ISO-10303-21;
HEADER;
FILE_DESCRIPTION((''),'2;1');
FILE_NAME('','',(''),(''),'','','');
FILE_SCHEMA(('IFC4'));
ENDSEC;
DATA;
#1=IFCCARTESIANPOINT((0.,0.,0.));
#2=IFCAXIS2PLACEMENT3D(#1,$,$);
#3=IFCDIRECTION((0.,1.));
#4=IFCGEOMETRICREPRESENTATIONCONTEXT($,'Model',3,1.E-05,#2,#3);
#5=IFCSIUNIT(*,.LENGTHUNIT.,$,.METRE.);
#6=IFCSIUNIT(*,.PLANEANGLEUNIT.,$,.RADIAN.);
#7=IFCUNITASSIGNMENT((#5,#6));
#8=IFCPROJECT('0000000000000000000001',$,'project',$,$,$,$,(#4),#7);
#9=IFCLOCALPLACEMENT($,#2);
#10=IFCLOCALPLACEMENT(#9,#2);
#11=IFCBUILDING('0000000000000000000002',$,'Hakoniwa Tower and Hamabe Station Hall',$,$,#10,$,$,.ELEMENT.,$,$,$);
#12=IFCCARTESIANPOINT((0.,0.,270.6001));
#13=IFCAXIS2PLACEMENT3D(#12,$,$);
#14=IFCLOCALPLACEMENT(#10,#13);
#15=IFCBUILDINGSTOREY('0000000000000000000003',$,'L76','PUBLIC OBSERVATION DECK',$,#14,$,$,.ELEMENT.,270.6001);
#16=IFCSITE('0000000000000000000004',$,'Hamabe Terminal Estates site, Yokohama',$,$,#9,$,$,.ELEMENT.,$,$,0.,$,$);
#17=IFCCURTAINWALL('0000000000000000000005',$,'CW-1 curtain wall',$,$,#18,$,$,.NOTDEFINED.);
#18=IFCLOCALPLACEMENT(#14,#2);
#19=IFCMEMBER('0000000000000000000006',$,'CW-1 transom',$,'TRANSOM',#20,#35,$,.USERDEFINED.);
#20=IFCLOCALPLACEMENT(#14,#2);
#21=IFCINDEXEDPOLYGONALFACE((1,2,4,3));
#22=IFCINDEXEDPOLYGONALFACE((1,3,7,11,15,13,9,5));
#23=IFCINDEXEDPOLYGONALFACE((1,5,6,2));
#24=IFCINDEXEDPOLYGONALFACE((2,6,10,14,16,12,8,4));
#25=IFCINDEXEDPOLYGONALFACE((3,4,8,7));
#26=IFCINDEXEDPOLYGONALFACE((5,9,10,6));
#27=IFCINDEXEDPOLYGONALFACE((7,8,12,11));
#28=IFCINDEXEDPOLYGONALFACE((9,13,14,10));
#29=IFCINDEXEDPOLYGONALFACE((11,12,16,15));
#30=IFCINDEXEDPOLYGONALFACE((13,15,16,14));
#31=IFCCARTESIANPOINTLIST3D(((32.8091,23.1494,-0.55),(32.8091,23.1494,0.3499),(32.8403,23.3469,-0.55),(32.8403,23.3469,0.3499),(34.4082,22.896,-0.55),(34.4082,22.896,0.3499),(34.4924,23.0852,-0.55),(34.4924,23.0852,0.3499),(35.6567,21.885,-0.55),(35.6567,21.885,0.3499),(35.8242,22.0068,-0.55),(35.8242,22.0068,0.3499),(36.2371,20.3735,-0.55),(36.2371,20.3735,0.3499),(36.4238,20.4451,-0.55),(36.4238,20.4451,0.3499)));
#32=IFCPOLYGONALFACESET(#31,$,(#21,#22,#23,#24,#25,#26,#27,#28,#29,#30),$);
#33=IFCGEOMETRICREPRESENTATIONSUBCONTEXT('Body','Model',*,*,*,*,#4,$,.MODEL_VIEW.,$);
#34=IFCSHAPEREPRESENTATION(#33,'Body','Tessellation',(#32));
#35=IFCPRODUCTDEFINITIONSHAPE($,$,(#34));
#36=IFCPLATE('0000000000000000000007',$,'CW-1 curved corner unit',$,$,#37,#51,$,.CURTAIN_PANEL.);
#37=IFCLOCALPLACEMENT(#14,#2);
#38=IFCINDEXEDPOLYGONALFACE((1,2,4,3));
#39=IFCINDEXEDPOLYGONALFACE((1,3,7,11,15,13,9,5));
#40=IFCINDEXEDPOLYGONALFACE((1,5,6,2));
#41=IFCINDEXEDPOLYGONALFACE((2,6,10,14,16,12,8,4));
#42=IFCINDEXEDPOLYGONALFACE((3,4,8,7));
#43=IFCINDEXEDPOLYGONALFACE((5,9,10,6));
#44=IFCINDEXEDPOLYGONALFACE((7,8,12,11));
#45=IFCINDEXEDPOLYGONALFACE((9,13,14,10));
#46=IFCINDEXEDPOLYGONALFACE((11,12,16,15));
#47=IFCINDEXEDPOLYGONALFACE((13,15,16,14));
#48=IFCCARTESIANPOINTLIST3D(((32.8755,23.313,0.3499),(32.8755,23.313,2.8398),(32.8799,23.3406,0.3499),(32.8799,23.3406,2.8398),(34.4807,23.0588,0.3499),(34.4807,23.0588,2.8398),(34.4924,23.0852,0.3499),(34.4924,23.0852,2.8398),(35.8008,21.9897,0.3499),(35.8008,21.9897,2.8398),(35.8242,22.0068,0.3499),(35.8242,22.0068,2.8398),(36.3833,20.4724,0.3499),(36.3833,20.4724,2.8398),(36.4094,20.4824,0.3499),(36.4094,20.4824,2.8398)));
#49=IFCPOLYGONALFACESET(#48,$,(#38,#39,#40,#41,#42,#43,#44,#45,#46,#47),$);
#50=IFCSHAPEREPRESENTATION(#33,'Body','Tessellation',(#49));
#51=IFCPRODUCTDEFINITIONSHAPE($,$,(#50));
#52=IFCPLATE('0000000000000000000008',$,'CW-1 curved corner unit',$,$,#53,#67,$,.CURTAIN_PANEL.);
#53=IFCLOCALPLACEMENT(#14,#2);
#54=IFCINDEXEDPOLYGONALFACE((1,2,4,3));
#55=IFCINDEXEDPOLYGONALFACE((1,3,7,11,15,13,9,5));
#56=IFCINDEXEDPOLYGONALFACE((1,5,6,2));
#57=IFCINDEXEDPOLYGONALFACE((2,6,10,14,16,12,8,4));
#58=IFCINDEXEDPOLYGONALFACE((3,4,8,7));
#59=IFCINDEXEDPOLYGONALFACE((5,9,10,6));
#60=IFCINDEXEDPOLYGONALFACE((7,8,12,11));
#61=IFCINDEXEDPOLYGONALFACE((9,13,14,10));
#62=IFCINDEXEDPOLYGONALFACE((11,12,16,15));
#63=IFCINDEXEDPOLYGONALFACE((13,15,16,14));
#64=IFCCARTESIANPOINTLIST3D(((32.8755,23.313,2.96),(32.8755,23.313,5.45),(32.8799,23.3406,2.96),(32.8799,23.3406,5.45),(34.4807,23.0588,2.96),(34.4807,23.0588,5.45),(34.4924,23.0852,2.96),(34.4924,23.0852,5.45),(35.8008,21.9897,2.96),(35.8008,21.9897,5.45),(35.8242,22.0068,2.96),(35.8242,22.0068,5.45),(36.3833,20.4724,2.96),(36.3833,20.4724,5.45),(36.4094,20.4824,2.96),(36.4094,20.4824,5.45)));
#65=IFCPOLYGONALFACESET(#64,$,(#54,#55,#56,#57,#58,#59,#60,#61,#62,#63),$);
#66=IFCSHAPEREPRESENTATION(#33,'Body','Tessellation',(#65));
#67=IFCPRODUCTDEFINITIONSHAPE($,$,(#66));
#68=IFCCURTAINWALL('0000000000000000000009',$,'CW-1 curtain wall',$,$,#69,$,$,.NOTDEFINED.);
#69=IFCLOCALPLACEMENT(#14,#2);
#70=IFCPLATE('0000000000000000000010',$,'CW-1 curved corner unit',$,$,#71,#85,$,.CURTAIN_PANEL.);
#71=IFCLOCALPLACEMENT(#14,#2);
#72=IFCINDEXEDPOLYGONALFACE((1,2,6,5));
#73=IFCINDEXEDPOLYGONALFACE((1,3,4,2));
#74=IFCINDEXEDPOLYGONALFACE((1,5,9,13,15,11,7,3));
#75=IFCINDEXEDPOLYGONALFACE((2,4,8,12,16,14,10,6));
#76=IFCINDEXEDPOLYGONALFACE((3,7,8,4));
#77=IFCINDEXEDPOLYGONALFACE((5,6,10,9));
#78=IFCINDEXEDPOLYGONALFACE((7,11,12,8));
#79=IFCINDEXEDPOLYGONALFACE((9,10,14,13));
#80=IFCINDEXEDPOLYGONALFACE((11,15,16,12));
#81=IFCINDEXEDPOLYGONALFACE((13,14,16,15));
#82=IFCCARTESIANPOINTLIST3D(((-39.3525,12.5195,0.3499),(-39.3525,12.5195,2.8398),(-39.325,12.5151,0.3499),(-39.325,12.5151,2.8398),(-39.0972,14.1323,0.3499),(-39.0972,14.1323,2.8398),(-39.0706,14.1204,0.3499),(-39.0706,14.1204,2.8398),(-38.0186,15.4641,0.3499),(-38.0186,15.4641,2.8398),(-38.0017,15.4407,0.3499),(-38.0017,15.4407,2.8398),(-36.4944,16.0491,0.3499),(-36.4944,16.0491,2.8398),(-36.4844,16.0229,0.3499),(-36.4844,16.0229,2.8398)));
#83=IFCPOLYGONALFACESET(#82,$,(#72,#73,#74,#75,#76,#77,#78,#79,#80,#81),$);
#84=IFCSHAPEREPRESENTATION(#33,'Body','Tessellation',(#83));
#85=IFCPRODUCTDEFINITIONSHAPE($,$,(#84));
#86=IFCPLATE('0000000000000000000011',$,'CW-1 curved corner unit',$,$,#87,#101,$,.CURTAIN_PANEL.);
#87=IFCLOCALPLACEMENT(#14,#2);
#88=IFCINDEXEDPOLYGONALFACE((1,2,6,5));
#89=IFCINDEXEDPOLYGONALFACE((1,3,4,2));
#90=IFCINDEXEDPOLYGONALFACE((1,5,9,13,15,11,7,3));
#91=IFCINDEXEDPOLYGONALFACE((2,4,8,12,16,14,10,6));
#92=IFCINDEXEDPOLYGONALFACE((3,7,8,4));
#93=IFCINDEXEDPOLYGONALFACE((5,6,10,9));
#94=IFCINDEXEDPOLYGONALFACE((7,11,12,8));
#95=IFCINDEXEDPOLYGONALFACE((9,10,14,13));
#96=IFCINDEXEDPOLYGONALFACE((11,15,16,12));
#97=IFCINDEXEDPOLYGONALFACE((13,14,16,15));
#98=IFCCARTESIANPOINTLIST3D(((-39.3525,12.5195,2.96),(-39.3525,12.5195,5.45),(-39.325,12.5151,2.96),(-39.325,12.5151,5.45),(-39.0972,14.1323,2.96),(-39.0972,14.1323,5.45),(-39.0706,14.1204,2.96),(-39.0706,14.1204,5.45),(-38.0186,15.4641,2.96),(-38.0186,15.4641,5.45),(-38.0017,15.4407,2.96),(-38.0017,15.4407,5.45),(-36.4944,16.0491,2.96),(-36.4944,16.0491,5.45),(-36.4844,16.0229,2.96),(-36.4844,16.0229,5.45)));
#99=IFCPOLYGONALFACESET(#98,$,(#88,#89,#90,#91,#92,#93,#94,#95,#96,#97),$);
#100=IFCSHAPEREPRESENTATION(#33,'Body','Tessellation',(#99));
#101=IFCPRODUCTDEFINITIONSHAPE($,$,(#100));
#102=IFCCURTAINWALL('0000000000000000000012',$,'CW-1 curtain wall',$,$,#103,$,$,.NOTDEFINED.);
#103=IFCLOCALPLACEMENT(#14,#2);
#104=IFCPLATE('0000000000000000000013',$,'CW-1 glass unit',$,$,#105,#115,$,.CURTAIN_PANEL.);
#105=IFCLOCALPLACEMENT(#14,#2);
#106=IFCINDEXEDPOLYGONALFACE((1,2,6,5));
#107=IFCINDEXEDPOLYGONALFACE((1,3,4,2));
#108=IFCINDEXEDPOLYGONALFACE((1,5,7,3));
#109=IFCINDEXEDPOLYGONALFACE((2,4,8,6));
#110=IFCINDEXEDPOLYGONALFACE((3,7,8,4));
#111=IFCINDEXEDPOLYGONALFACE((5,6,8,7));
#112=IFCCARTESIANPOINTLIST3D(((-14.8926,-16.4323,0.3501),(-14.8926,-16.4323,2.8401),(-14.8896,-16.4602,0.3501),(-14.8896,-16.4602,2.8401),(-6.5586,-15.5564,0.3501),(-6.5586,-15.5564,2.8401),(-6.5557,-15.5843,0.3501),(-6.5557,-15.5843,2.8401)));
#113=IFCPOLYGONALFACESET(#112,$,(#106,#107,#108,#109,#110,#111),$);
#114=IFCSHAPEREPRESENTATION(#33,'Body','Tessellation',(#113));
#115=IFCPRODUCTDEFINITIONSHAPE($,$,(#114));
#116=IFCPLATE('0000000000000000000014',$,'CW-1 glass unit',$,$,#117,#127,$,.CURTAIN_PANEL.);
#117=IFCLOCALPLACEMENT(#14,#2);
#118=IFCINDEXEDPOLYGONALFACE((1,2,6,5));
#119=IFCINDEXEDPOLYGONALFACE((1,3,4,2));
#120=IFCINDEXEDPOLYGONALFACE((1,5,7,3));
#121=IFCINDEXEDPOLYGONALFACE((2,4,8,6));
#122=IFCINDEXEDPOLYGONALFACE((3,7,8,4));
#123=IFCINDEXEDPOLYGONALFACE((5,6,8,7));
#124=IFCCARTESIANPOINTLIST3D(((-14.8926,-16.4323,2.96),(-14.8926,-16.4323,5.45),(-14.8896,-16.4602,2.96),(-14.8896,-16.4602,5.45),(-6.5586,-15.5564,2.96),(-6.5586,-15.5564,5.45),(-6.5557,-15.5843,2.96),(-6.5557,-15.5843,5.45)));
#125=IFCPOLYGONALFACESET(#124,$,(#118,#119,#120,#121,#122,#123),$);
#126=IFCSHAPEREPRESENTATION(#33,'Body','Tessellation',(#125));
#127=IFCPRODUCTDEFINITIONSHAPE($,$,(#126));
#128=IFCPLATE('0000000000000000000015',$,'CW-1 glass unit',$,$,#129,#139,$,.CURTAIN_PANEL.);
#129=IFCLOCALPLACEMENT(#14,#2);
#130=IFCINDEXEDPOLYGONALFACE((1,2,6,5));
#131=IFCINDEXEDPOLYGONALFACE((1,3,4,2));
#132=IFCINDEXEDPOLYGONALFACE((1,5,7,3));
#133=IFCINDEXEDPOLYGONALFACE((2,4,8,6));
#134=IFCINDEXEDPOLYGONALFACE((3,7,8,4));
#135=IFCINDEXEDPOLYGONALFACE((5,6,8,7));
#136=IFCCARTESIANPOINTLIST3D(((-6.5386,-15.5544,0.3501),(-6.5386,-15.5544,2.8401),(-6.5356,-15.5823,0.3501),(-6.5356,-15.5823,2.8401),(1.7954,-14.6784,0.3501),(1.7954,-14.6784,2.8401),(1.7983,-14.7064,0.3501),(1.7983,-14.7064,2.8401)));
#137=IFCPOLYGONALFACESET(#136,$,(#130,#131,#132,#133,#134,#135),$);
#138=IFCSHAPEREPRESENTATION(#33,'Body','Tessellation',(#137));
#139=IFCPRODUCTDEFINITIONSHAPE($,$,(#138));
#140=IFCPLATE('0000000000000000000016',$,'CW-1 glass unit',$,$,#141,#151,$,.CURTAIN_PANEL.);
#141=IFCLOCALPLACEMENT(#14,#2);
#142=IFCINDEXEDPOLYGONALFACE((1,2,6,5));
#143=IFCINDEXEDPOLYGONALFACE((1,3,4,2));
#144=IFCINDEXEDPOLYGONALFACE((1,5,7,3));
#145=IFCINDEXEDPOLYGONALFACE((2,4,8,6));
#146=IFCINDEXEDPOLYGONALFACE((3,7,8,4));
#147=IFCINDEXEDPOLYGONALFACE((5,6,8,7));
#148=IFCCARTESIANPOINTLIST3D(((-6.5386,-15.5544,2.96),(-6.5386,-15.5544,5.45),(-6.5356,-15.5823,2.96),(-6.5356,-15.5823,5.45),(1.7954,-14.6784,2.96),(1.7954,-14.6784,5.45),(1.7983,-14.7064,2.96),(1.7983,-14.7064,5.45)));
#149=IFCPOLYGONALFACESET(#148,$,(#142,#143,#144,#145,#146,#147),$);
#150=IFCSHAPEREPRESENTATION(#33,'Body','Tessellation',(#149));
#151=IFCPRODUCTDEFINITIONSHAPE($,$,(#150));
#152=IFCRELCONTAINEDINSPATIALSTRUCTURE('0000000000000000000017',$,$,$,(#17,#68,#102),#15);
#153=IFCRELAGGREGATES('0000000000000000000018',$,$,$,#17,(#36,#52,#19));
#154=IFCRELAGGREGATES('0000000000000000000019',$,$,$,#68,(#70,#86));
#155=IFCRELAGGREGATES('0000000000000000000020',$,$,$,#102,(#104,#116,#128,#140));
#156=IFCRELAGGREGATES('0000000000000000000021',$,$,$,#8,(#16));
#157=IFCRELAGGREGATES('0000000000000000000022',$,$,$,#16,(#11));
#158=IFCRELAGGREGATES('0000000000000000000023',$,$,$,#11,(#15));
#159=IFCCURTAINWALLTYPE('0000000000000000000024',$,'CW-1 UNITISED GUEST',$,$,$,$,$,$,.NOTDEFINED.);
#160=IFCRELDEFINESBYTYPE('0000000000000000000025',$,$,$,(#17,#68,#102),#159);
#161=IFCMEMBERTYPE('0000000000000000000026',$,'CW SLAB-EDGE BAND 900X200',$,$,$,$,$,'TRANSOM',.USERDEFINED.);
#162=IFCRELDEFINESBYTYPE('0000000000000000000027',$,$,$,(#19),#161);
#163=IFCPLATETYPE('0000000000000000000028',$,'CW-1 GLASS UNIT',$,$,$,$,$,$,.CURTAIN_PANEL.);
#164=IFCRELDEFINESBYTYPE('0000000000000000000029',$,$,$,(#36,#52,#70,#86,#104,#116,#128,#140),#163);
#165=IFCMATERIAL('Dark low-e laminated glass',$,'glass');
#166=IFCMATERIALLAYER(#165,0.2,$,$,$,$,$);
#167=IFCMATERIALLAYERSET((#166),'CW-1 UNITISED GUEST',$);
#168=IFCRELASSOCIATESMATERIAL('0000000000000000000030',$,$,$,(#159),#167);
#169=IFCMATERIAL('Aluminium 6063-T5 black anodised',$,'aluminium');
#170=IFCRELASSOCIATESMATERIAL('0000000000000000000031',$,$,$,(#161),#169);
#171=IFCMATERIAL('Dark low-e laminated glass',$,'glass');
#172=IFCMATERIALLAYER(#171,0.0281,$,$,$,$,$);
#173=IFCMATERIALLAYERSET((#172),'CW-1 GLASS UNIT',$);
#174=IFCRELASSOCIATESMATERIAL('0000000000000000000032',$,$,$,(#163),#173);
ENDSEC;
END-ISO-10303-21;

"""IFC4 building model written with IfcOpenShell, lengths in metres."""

from ifc_helpers import new_model, si_unit, direction, frame, origin, origin_2d, place, context, subcontext, project, spatial, polyline, rectangle, outline, extrude, material, layer, layer_set, material_profile, profile_set, type_object, element, aggregate, save


model = new_model("IFC4")

# Units and contexts
model_context = context("Model", 3, precision=1e-05, world=origin(), true_north=direction((0.0, 1.0)))
body_context = subcontext(model_context, "Body", "Model", "MODEL_VIEW")
ifc_project = project(units=[si_unit("LENGTHUNIT", "METRE"), si_unit("PLANEANGLEUNIT", "RADIAN")], contexts=[model_context])

# Site, building, storey
site_placement = place(None, origin())
site = spatial("IfcSite", under=ifc_project, at=site_placement, Name="Hamabe Terminal Estates site, Yokohama", CompositionType="ELEMENT", RefElevation=0.0)
building_placement = place(site_placement, origin())
building = spatial("IfcBuilding", under=site, at=building_placement, Name="Hakoniwa Tower and Hamabe Station Hall", CompositionType="ELEMENT")
storey_placement = place(building_placement, frame((0.0, 0.0, 270.6001)))
storey = spatial("IfcBuildingStorey", under=building, at=storey_placement, Name="L76", Description="PUBLIC OBSERVATION DECK", CompositionType="ELEMENT", Elevation=270.6001)

# Curtain wall, member, plates
ifc_material_1 = material(Name="Dark low-e laminated glass", Category="glass")
ifc_layer_1 = layer(ifc_material_1, 0.2)
ifc_layer_set_1 = layer_set([ifc_layer_1], Name="CW-1 UNITISED GUEST")
curtain_wall_type = type_object("IfcCurtainWallType", Name="CW-1 UNITISED GUEST", PredefinedType="NOTDEFINED", material=ifc_layer_set_1)
curtain_wall_1_placement = place(storey_placement, origin())
curtain_wall_1 = element("IfcCurtainWall", 1, at=curtain_wall_1_placement, inside=storey, type_object=curtain_wall_type, Name="CW-1 curtain wall", PredefinedType="NOTDEFINED")
ifc_material_2 = material(Name="Aluminium 6063-T5 black anodised", Category="aluminium")
ifc_material_profile_1 = material_profile(ifc_material_2, rectangle(XDim=0.2, YDim=0.8999, at=origin_2d()), Name="CW SLAB-EDGE BAND 900X200")
ifc_profile_set_1 = profile_set([ifc_material_profile_1], Name="Aluminium 6063-T5 black anodised")
member_type_1 = type_object("IfcMemberType", Name="CW SLAB-EDGE BAND 900X200", ElementType="TRANSOM", PredefinedType="USERDEFINED", material=ifc_profile_set_1)
member_1_placement = place(storey_placement, frame((0.0, 0.0, -0.55)))
member_1 = element("IfcMember", 2, at=member_1_placement, type_object=member_type_1, Name="CW-1 transom", ObjectType="TRANSOM", PredefinedType="USERDEFINED", context=body_context, shape_type="SweptSolid", body=[
    extrude(outline(polyline([(36.4238, 20.4451), (35.8242, 22.0068), (34.4924, 23.0852), (32.8403, 23.3469), (32.8091, 23.1494), (34.4082, 22.896), (35.6567, 21.885), (36.2371, 20.3735), (36.4238, 20.4451)])), origin(), (0.0, 0.0, 1.0), 0.8999),
])
ifc_material_3 = material(Name="Dark low-e laminated glass", Category="glass")
ifc_layer_2 = layer(ifc_material_3, 0.0281)
ifc_layer_set_2 = layer_set([ifc_layer_2], Name="CW-1 GLASS UNIT")
plate_type = type_object("IfcPlateType", Name="CW-1 GLASS UNIT", PredefinedType="CURTAIN_PANEL", material=ifc_layer_set_2)
plate_1_placement = place(storey_placement, frame((0.0, 0.0, 0.3499)))
plate_1 = element("IfcPlate", 3, at=plate_1_placement, type_object=plate_type, Name="CW-1 curved corner unit", PredefinedType="CURTAIN_PANEL", context=body_context, shape_type="SweptSolid", body=[
    extrude(outline(polyline([(36.4094, 20.4824), (35.8242, 22.0068), (34.4924, 23.0852), (32.8799, 23.3406), (32.8755, 23.313), (34.4807, 23.0588), (35.8008, 21.9897), (36.3833, 20.4724), (36.4094, 20.4824)])), origin(), (0.0, 0.0, 1.0), 2.49),
])
plate_2_placement = place(storey_placement, frame((0.0, 0.0, 2.96)))
plate_2 = element("IfcPlate", 4, at=plate_2_placement, type_object=plate_type, Name="CW-1 curved corner unit", PredefinedType="CURTAIN_PANEL", context=body_context, shape_type="SweptSolid", body=[
    extrude(outline(polyline([(36.4094, 20.4824), (35.8242, 22.0068), (34.4924, 23.0852), (32.8799, 23.3406), (32.8755, 23.313), (34.4807, 23.0588), (35.8008, 21.9897), (36.3833, 20.4724), (36.4094, 20.4824)])), origin(), (0.0, 0.0, 1.0), 2.49),
])
aggregate(curtain_wall_1, [plate_1, plate_2, member_1])

# Curtain walls, plates
curtain_wall_2_placement = place(storey_placement, origin())
curtain_wall_2 = element("IfcCurtainWall", 5, at=curtain_wall_2_placement, inside=storey, type_object=curtain_wall_type, Name="CW-1 curtain wall", PredefinedType="NOTDEFINED")
plate_3_placement = place(storey_placement, frame((0.0, 0.0, 0.3499)))
plate_3 = element("IfcPlate", 6, at=plate_3_placement, type_object=plate_type, Name="CW-1 curved corner unit", PredefinedType="CURTAIN_PANEL", context=body_context, shape_type="SweptSolid", body=[
    extrude(outline(polyline([(-36.4944, 16.0491), (-38.0186, 15.4641), (-39.0972, 14.1323), (-39.3525, 12.5195), (-39.325, 12.5151), (-39.0706, 14.1204), (-38.0017, 15.4407), (-36.4844, 16.0229), (-36.4944, 16.0491)])), origin(), (0.0, 0.0, 1.0), 2.49),
])
plate_4_placement = place(storey_placement, frame((0.0, 0.0, 2.96)))
plate_4 = element("IfcPlate", 7, at=plate_4_placement, type_object=plate_type, Name="CW-1 curved corner unit", PredefinedType="CURTAIN_PANEL", context=body_context, shape_type="SweptSolid", body=[
    extrude(outline(polyline([(-36.4944, 16.0491), (-38.0186, 15.4641), (-39.0972, 14.1323), (-39.3525, 12.5195), (-39.325, 12.5151), (-39.0706, 14.1204), (-38.0017, 15.4407), (-36.4844, 16.0229), (-36.4944, 16.0491)])), origin(), (0.0, 0.0, 1.0), 2.49),
])
aggregate(curtain_wall_2, [plate_3, plate_4])
curtain_wall_3_placement = place(storey_placement, origin())
curtain_wall_3 = element("IfcCurtainWall", 8, at=curtain_wall_3_placement, inside=storey, type_object=curtain_wall_type, Name="CW-1 curtain wall", PredefinedType="NOTDEFINED")
plate_5_placement = place(storey_placement, frame((-10.7241, -16.0083, 0.3501), z_axis=(0.0, 0.0, 1.0), x_axis=(0.994522, 0.104528, 0.0)))
plate_5 = element("IfcPlate", 9, at=plate_5_placement, type_object=plate_type, Name="CW-1 glass unit", PredefinedType="CURTAIN_PANEL", context=body_context, shape_type="SweptSolid", body=[
    extrude(rectangle(XDim=8.3799, YDim=0.0281, at=origin_2d()), origin(), (0.0, 0.0, 1.0), 2.49),
])
plate_6_placement = place(storey_placement, frame((-10.7241, -16.0083, 2.96), z_axis=(0.0, 0.0, 1.0), x_axis=(0.994522, 0.104528, 0.0)))
plate_6 = element("IfcPlate", 10, at=plate_6_placement, type_object=plate_type, Name="CW-1 glass unit", PredefinedType="CURTAIN_PANEL", context=body_context, shape_type="SweptSolid", body=[
    extrude(rectangle(XDim=8.3799, YDim=0.0281, at=origin_2d()), origin(), (0.0, 0.0, 1.0), 2.49),
])
plate_7_placement = place(storey_placement, frame((-2.3701, -15.1304, 0.3501), z_axis=(0.0, 0.0, 1.0), x_axis=(0.994522, 0.104528, 0.0)))
plate_7 = element("IfcPlate", 11, at=plate_7_placement, type_object=plate_type, Name="CW-1 glass unit", PredefinedType="CURTAIN_PANEL", context=body_context, shape_type="SweptSolid", body=[
    extrude(rectangle(XDim=8.3799, YDim=0.0281, at=origin_2d()), origin(), (0.0, 0.0, 1.0), 2.49),
])
plate_8_placement = place(storey_placement, frame((-2.3701, -15.1304, 2.96), z_axis=(0.0, 0.0, 1.0), x_axis=(0.994522, 0.104528, 0.0)))
plate_8 = element("IfcPlate", 12, at=plate_8_placement, type_object=plate_type, Name="CW-1 glass unit", PredefinedType="CURTAIN_PANEL", context=body_context, shape_type="SweptSolid", body=[
    extrude(rectangle(XDim=8.3799, YDim=0.0281, at=origin_2d()), origin(), (0.0, 0.0, 1.0), 2.49),
])
aggregate(curtain_wall_3, [plate_5, plate_6, plate_7, plate_8])

save(model, "model.ifc")
